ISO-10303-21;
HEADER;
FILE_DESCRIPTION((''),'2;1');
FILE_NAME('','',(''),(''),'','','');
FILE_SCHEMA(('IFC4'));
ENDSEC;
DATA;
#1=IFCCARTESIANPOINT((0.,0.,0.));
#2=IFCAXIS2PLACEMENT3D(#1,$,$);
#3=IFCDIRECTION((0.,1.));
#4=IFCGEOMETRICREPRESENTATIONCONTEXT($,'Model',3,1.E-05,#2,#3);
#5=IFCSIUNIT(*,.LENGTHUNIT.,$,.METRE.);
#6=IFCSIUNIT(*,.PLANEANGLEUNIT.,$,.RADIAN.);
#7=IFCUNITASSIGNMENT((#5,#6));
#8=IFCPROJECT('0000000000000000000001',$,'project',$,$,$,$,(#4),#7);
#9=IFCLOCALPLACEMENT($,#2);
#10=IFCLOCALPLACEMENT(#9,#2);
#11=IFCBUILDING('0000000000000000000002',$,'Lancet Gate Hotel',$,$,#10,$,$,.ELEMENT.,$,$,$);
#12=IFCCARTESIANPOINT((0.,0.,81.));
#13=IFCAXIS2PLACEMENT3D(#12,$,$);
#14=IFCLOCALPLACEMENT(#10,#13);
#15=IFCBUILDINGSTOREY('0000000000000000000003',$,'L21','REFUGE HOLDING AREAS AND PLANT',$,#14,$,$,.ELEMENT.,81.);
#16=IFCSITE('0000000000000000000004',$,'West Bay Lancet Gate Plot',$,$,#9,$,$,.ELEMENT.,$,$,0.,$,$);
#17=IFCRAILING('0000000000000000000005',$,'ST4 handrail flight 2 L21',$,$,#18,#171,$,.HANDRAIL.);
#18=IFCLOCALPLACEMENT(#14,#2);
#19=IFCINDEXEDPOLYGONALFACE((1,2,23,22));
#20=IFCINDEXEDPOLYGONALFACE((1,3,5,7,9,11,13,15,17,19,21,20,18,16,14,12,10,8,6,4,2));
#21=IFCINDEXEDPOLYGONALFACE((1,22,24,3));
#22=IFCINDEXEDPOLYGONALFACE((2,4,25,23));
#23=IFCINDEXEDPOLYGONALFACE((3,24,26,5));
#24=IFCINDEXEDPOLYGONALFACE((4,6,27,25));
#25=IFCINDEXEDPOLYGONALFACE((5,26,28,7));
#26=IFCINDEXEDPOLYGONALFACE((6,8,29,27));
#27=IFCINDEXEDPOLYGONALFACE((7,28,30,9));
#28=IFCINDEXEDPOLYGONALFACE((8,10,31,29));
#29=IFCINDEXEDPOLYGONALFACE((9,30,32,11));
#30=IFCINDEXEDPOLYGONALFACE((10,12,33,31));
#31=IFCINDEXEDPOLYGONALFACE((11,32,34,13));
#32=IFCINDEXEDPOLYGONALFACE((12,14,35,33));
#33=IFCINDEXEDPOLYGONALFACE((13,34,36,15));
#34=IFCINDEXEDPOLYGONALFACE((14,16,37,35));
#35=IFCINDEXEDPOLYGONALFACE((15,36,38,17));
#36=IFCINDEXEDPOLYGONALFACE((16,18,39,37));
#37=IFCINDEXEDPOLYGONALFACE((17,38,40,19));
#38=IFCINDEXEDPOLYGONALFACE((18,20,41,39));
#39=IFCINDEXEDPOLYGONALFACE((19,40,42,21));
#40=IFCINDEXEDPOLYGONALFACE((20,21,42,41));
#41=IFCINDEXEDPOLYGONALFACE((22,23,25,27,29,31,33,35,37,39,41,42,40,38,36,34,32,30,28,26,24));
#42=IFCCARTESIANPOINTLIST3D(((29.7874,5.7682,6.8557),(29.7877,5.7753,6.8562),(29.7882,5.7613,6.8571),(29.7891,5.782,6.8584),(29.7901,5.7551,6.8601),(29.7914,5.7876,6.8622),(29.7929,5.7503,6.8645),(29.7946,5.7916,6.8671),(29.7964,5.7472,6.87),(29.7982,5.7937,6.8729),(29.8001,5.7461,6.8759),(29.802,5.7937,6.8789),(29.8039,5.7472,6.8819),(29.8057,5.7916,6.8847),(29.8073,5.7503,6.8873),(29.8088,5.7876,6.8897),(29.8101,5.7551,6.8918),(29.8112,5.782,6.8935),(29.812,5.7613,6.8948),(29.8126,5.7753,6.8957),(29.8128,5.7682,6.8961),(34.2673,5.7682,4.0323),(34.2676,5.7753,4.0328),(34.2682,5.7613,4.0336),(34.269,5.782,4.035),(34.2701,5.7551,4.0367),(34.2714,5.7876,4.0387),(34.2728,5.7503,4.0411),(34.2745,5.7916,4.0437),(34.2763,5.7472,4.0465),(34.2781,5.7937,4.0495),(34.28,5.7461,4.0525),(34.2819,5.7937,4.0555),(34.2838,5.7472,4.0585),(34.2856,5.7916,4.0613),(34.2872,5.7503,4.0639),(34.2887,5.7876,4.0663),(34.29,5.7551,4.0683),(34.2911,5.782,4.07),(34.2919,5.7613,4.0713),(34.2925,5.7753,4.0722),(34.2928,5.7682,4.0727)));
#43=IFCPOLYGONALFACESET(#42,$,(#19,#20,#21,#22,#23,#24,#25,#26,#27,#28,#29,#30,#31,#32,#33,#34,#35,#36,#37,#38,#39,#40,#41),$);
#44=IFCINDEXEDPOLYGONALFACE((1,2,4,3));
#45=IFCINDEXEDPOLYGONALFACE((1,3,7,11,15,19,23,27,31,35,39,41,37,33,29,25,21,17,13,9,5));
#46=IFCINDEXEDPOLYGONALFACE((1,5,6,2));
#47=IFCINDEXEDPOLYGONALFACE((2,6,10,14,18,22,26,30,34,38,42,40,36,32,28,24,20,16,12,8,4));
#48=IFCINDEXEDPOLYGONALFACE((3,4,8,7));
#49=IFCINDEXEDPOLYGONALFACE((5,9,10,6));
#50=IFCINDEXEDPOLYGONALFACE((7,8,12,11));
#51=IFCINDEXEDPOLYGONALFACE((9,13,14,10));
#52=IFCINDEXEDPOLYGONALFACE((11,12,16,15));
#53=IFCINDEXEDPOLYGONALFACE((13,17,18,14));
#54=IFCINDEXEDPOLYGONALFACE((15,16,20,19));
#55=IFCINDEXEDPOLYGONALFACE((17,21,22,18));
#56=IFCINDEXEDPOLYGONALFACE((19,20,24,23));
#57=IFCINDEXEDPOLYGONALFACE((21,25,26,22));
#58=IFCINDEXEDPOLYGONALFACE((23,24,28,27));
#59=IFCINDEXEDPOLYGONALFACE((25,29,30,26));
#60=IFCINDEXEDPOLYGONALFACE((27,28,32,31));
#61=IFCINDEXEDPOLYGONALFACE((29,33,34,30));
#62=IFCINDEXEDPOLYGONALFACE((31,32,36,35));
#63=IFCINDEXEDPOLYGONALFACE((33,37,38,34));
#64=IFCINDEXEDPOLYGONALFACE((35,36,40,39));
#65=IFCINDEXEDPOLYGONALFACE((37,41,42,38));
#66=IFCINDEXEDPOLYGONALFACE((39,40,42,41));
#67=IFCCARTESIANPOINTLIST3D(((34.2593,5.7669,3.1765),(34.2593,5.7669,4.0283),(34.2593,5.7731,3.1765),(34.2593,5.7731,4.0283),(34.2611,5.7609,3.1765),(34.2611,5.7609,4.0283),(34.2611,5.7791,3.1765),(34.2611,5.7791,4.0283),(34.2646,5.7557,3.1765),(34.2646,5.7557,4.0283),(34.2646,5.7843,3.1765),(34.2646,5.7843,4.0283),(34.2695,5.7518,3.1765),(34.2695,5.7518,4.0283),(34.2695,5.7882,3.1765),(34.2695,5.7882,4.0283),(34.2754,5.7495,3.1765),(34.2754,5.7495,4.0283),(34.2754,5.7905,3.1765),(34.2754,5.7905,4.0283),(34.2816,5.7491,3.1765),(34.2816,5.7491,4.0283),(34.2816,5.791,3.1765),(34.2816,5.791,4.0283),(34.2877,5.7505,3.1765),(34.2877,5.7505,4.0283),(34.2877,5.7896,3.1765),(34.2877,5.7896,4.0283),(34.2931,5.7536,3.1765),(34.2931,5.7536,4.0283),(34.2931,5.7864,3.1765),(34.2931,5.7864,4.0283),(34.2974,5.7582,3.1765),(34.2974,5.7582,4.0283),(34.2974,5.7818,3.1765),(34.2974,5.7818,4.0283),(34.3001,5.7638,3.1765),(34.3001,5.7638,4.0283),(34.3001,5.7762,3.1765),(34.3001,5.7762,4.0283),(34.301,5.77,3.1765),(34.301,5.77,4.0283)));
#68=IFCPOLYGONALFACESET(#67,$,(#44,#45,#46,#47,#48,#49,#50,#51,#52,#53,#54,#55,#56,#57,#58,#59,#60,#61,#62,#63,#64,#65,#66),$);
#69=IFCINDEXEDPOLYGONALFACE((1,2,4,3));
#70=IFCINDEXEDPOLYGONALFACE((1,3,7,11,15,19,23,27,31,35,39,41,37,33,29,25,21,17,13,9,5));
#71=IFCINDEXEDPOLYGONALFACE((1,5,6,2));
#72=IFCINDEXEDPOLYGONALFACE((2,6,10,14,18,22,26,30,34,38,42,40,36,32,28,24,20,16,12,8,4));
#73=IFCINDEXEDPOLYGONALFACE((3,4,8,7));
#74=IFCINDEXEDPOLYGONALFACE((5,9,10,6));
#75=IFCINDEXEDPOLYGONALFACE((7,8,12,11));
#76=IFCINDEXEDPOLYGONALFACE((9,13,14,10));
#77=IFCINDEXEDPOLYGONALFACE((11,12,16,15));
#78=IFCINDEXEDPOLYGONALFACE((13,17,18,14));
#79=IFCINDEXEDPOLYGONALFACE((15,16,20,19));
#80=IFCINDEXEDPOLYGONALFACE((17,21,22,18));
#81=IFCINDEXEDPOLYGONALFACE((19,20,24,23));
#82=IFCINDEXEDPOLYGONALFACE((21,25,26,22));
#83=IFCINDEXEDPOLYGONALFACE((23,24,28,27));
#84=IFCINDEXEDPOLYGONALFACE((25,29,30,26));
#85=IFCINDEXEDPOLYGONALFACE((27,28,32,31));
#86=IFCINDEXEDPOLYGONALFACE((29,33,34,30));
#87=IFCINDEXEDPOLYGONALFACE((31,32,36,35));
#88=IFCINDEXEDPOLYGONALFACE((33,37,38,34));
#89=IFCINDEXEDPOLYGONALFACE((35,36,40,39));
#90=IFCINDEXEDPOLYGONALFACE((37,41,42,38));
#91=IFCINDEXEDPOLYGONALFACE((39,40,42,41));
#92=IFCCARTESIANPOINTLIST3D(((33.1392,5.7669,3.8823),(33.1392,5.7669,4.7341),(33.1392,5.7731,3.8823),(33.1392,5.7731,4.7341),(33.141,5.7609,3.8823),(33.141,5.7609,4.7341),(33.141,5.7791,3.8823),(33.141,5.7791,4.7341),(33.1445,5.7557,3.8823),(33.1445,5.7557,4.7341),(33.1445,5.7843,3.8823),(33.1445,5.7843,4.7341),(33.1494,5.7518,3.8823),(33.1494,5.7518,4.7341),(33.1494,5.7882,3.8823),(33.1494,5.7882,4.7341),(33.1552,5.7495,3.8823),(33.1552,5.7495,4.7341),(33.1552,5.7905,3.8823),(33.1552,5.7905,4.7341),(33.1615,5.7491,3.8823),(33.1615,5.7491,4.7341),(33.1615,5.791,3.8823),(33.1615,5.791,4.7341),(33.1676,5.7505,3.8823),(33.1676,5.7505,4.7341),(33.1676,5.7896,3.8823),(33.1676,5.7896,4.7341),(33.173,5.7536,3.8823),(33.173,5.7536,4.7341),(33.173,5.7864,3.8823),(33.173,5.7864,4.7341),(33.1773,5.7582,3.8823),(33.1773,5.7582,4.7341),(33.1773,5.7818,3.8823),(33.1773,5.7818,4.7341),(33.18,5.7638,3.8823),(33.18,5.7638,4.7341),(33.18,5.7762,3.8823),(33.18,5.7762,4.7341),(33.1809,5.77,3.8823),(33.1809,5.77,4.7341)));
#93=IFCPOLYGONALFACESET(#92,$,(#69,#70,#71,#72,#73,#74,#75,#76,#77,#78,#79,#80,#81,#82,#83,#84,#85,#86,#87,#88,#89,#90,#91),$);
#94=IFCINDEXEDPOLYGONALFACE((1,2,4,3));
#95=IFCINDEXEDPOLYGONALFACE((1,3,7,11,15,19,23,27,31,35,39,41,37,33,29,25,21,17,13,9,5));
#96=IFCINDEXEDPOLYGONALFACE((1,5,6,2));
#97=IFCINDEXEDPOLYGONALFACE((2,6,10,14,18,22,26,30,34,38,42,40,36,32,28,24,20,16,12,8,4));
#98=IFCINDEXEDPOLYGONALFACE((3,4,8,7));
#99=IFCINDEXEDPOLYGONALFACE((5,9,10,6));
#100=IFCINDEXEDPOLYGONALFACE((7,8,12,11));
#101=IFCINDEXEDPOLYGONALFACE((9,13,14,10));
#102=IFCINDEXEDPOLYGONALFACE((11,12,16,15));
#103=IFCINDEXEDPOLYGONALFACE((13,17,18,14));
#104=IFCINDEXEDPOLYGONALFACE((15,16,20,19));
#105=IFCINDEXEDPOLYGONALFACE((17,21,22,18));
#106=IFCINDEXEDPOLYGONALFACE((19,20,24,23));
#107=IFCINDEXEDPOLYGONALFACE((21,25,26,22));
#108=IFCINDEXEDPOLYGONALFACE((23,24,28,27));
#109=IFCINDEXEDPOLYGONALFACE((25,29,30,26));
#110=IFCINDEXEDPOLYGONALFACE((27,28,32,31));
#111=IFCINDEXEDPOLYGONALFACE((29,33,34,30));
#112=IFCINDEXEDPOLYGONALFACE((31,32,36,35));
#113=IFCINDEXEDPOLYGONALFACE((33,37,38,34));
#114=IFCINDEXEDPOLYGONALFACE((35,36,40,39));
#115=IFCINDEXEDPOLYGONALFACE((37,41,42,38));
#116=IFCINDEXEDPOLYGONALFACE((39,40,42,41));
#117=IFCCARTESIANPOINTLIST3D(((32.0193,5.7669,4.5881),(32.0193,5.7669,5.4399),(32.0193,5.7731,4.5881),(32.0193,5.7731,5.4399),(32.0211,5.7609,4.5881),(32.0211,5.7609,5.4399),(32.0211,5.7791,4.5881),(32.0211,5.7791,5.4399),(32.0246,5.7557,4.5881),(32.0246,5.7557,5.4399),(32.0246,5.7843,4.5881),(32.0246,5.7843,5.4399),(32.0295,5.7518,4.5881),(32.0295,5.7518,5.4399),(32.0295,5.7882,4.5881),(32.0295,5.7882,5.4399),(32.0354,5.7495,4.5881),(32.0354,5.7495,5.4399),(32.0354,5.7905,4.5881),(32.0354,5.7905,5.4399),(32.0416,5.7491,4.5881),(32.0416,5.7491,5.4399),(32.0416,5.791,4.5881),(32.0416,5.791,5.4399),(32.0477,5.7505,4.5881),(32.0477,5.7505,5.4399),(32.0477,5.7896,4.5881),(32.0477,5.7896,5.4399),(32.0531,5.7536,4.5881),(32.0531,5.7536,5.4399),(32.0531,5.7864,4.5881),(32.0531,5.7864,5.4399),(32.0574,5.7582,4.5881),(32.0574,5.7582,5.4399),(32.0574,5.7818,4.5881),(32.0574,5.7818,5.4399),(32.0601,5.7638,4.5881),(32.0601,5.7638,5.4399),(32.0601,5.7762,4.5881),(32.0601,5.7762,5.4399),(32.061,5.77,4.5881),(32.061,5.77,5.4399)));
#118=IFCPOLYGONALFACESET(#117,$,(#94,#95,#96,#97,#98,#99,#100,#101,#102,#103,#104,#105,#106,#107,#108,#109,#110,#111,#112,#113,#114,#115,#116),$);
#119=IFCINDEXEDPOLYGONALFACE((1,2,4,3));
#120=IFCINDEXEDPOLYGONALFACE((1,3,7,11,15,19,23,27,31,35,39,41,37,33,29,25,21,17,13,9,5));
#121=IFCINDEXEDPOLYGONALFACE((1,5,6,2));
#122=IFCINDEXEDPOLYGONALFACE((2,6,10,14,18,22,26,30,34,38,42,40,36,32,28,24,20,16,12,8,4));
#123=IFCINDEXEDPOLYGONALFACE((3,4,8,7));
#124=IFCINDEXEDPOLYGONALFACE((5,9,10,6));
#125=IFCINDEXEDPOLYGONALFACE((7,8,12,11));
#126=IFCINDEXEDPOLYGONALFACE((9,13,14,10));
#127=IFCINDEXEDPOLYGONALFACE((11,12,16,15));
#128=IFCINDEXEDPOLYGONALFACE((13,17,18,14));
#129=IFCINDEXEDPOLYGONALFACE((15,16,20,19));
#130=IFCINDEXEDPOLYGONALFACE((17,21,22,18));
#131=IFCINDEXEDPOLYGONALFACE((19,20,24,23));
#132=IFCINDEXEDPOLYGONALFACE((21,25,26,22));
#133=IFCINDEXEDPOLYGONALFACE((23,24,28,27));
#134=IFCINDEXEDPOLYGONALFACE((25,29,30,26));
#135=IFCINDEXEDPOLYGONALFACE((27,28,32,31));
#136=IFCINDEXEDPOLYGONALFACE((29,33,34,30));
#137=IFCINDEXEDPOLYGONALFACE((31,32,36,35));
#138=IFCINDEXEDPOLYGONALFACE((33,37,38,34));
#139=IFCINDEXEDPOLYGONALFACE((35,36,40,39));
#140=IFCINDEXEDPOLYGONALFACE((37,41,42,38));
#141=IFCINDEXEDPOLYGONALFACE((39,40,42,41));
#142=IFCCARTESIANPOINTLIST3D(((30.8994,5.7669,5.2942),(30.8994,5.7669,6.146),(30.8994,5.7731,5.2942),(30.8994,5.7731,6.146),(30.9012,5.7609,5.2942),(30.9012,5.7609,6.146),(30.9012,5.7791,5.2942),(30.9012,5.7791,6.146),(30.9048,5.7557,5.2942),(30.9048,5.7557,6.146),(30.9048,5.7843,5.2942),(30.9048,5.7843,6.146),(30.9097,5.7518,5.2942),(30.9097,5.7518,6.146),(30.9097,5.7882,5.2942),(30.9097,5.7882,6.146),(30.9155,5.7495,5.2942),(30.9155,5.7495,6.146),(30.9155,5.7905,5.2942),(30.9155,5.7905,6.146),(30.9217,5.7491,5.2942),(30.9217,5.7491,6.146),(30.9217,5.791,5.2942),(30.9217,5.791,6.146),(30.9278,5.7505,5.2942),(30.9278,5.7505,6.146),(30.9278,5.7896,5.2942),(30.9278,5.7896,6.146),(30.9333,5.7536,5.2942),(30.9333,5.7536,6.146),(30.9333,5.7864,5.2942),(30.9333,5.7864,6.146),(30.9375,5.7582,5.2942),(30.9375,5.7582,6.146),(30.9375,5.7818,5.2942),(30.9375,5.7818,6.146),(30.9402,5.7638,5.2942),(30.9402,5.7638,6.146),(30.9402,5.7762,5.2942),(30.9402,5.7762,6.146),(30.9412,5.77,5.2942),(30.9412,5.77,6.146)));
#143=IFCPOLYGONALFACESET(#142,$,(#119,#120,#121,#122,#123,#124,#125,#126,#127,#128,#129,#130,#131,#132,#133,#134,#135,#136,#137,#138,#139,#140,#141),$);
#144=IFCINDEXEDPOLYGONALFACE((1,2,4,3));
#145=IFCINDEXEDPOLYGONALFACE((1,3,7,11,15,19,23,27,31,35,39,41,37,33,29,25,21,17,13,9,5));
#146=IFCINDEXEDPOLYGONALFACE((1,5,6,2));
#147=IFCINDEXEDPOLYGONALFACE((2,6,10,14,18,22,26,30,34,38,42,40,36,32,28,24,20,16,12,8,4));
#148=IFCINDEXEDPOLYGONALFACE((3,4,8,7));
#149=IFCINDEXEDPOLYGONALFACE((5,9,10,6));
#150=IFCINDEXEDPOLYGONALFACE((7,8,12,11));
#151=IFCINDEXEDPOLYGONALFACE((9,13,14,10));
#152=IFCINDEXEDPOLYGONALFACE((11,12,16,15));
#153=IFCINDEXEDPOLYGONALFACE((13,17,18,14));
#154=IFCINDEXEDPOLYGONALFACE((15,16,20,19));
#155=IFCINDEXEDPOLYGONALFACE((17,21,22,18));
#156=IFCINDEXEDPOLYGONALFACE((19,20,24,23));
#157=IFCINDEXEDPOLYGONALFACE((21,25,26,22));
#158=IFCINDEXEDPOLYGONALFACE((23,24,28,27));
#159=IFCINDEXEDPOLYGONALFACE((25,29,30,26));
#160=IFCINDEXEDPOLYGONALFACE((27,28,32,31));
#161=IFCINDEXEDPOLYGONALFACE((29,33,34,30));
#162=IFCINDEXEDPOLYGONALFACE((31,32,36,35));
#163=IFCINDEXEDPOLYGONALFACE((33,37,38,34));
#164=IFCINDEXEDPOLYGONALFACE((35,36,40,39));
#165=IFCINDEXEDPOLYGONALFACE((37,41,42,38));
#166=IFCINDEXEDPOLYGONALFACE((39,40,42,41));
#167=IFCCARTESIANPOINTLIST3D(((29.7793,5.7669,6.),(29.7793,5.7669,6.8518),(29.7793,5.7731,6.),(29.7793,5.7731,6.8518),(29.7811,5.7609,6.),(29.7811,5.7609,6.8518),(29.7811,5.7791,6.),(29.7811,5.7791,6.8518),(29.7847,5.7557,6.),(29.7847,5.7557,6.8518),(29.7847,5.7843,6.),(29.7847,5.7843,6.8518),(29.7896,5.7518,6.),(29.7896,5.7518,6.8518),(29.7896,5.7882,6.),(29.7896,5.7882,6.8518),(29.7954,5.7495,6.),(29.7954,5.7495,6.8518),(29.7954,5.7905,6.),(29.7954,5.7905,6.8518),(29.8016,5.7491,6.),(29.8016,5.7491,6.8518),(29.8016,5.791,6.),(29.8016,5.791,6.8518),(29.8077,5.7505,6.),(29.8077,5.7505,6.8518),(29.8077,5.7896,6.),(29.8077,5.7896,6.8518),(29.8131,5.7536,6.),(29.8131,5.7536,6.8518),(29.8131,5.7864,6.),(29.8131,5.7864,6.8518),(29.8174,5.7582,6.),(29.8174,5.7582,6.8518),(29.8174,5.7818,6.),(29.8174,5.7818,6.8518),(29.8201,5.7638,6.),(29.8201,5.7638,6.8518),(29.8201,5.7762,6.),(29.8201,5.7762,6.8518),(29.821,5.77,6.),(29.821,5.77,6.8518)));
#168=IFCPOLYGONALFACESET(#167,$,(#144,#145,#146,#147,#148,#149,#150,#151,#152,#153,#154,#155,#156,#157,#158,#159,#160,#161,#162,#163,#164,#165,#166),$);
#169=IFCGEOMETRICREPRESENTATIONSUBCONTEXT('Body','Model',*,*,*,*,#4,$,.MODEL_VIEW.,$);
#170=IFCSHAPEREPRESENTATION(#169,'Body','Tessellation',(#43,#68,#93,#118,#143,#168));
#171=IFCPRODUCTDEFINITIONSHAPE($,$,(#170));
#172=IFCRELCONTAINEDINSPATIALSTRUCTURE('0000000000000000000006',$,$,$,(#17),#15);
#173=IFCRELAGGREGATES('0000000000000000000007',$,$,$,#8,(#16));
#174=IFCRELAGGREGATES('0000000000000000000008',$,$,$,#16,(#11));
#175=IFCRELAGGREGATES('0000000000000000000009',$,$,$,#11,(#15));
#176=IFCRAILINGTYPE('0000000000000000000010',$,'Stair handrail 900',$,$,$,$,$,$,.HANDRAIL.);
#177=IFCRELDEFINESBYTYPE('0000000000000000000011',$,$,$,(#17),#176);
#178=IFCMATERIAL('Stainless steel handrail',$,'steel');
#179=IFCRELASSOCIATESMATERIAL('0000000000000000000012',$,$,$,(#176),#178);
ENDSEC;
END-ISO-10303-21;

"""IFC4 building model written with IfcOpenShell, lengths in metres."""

from ifc_helpers import new_model, si_unit, direction, frame, origin, origin_2d, place, context, subcontext, project, spatial, circle, extrude, material, type_object, element, save


model = new_model("IFC4")

# Units and contexts
model_context = context("Model", 3, precision=1e-05, world=origin(), true_north=direction((0.0, 1.0)))
body_context = subcontext(model_context, "Body", "Model", "MODEL_VIEW")
ifc_project = project(units=[si_unit("LENGTHUNIT", "METRE"), si_unit("PLANEANGLEUNIT", "RADIAN")], contexts=[model_context])

# Site, building, storey
site_placement = place(None, origin())
site = spatial("IfcSite", under=ifc_project, at=site_placement, Name="West Bay Lancet Gate Plot", CompositionType="ELEMENT", RefElevation=0.0)
building_placement = place(site_placement, origin())
building = spatial("IfcBuilding", under=site, at=building_placement, Name="Lancet Gate Hotel", CompositionType="ELEMENT")
storey_placement = place(building_placement, frame((0.0, 0.0, 81.0)))
storey = spatial("IfcBuildingStorey", under=building, at=storey_placement, Name="L21", Description="REFUGE HOLDING AREAS AND PLANT", CompositionType="ELEMENT", Elevation=81.0)

# Railing
ifc_material_1 = material(Name="Stainless steel handrail", Category="steel")
railing_type = type_object("IfcRailingType", Name="Stair handrail 900", PredefinedType="HANDRAIL", material=ifc_material_1)
railing_1_placement = place(storey_placement, frame((34.28, 5.77, 3.1765)))
element("IfcRailing", 1, at=railing_1_placement, inside=storey, type_object=railing_type, Name="ST4 handrail flight 2 L21", PredefinedType="HANDRAIL", context=body_context, shape_type="SweptSolid", body=[
    extrude(circle(Radius=0.0239, at=origin_2d()), frame((0.0, 0.0, 0.876), z_axis=(-0.845998, 0.0, 0.533186), x_axis=(0.0, -1.0, 0.0)), (0.0, 0.0, 1.0), 5.2954),
    extrude(circle(Radius=0.021, at=origin_2d()), origin(), (0.0, 0.0, 1.0), 0.8518),
    extrude(circle(Radius=0.021, at=origin_2d()), frame((-1.1201, 0.0, 0.7058)), (0.0, 0.0, 1.0), 0.8518),
    extrude(circle(Radius=0.021, at=origin_2d()), frame((-2.24, 0.0, 1.4116)), (0.0, 0.0, 1.0), 0.8518),
    extrude(circle(Radius=0.021, at=origin_2d()), frame((-3.3599, 0.0, 2.1177)), (0.0, 0.0, 1.0), 0.8518),
    extrude(circle(Radius=0.021, at=origin_2d()), frame((-4.48, 0.0, 2.8235)), (0.0, 0.0, 1.0), 0.8518),
])

save(model, "model.ifc")
